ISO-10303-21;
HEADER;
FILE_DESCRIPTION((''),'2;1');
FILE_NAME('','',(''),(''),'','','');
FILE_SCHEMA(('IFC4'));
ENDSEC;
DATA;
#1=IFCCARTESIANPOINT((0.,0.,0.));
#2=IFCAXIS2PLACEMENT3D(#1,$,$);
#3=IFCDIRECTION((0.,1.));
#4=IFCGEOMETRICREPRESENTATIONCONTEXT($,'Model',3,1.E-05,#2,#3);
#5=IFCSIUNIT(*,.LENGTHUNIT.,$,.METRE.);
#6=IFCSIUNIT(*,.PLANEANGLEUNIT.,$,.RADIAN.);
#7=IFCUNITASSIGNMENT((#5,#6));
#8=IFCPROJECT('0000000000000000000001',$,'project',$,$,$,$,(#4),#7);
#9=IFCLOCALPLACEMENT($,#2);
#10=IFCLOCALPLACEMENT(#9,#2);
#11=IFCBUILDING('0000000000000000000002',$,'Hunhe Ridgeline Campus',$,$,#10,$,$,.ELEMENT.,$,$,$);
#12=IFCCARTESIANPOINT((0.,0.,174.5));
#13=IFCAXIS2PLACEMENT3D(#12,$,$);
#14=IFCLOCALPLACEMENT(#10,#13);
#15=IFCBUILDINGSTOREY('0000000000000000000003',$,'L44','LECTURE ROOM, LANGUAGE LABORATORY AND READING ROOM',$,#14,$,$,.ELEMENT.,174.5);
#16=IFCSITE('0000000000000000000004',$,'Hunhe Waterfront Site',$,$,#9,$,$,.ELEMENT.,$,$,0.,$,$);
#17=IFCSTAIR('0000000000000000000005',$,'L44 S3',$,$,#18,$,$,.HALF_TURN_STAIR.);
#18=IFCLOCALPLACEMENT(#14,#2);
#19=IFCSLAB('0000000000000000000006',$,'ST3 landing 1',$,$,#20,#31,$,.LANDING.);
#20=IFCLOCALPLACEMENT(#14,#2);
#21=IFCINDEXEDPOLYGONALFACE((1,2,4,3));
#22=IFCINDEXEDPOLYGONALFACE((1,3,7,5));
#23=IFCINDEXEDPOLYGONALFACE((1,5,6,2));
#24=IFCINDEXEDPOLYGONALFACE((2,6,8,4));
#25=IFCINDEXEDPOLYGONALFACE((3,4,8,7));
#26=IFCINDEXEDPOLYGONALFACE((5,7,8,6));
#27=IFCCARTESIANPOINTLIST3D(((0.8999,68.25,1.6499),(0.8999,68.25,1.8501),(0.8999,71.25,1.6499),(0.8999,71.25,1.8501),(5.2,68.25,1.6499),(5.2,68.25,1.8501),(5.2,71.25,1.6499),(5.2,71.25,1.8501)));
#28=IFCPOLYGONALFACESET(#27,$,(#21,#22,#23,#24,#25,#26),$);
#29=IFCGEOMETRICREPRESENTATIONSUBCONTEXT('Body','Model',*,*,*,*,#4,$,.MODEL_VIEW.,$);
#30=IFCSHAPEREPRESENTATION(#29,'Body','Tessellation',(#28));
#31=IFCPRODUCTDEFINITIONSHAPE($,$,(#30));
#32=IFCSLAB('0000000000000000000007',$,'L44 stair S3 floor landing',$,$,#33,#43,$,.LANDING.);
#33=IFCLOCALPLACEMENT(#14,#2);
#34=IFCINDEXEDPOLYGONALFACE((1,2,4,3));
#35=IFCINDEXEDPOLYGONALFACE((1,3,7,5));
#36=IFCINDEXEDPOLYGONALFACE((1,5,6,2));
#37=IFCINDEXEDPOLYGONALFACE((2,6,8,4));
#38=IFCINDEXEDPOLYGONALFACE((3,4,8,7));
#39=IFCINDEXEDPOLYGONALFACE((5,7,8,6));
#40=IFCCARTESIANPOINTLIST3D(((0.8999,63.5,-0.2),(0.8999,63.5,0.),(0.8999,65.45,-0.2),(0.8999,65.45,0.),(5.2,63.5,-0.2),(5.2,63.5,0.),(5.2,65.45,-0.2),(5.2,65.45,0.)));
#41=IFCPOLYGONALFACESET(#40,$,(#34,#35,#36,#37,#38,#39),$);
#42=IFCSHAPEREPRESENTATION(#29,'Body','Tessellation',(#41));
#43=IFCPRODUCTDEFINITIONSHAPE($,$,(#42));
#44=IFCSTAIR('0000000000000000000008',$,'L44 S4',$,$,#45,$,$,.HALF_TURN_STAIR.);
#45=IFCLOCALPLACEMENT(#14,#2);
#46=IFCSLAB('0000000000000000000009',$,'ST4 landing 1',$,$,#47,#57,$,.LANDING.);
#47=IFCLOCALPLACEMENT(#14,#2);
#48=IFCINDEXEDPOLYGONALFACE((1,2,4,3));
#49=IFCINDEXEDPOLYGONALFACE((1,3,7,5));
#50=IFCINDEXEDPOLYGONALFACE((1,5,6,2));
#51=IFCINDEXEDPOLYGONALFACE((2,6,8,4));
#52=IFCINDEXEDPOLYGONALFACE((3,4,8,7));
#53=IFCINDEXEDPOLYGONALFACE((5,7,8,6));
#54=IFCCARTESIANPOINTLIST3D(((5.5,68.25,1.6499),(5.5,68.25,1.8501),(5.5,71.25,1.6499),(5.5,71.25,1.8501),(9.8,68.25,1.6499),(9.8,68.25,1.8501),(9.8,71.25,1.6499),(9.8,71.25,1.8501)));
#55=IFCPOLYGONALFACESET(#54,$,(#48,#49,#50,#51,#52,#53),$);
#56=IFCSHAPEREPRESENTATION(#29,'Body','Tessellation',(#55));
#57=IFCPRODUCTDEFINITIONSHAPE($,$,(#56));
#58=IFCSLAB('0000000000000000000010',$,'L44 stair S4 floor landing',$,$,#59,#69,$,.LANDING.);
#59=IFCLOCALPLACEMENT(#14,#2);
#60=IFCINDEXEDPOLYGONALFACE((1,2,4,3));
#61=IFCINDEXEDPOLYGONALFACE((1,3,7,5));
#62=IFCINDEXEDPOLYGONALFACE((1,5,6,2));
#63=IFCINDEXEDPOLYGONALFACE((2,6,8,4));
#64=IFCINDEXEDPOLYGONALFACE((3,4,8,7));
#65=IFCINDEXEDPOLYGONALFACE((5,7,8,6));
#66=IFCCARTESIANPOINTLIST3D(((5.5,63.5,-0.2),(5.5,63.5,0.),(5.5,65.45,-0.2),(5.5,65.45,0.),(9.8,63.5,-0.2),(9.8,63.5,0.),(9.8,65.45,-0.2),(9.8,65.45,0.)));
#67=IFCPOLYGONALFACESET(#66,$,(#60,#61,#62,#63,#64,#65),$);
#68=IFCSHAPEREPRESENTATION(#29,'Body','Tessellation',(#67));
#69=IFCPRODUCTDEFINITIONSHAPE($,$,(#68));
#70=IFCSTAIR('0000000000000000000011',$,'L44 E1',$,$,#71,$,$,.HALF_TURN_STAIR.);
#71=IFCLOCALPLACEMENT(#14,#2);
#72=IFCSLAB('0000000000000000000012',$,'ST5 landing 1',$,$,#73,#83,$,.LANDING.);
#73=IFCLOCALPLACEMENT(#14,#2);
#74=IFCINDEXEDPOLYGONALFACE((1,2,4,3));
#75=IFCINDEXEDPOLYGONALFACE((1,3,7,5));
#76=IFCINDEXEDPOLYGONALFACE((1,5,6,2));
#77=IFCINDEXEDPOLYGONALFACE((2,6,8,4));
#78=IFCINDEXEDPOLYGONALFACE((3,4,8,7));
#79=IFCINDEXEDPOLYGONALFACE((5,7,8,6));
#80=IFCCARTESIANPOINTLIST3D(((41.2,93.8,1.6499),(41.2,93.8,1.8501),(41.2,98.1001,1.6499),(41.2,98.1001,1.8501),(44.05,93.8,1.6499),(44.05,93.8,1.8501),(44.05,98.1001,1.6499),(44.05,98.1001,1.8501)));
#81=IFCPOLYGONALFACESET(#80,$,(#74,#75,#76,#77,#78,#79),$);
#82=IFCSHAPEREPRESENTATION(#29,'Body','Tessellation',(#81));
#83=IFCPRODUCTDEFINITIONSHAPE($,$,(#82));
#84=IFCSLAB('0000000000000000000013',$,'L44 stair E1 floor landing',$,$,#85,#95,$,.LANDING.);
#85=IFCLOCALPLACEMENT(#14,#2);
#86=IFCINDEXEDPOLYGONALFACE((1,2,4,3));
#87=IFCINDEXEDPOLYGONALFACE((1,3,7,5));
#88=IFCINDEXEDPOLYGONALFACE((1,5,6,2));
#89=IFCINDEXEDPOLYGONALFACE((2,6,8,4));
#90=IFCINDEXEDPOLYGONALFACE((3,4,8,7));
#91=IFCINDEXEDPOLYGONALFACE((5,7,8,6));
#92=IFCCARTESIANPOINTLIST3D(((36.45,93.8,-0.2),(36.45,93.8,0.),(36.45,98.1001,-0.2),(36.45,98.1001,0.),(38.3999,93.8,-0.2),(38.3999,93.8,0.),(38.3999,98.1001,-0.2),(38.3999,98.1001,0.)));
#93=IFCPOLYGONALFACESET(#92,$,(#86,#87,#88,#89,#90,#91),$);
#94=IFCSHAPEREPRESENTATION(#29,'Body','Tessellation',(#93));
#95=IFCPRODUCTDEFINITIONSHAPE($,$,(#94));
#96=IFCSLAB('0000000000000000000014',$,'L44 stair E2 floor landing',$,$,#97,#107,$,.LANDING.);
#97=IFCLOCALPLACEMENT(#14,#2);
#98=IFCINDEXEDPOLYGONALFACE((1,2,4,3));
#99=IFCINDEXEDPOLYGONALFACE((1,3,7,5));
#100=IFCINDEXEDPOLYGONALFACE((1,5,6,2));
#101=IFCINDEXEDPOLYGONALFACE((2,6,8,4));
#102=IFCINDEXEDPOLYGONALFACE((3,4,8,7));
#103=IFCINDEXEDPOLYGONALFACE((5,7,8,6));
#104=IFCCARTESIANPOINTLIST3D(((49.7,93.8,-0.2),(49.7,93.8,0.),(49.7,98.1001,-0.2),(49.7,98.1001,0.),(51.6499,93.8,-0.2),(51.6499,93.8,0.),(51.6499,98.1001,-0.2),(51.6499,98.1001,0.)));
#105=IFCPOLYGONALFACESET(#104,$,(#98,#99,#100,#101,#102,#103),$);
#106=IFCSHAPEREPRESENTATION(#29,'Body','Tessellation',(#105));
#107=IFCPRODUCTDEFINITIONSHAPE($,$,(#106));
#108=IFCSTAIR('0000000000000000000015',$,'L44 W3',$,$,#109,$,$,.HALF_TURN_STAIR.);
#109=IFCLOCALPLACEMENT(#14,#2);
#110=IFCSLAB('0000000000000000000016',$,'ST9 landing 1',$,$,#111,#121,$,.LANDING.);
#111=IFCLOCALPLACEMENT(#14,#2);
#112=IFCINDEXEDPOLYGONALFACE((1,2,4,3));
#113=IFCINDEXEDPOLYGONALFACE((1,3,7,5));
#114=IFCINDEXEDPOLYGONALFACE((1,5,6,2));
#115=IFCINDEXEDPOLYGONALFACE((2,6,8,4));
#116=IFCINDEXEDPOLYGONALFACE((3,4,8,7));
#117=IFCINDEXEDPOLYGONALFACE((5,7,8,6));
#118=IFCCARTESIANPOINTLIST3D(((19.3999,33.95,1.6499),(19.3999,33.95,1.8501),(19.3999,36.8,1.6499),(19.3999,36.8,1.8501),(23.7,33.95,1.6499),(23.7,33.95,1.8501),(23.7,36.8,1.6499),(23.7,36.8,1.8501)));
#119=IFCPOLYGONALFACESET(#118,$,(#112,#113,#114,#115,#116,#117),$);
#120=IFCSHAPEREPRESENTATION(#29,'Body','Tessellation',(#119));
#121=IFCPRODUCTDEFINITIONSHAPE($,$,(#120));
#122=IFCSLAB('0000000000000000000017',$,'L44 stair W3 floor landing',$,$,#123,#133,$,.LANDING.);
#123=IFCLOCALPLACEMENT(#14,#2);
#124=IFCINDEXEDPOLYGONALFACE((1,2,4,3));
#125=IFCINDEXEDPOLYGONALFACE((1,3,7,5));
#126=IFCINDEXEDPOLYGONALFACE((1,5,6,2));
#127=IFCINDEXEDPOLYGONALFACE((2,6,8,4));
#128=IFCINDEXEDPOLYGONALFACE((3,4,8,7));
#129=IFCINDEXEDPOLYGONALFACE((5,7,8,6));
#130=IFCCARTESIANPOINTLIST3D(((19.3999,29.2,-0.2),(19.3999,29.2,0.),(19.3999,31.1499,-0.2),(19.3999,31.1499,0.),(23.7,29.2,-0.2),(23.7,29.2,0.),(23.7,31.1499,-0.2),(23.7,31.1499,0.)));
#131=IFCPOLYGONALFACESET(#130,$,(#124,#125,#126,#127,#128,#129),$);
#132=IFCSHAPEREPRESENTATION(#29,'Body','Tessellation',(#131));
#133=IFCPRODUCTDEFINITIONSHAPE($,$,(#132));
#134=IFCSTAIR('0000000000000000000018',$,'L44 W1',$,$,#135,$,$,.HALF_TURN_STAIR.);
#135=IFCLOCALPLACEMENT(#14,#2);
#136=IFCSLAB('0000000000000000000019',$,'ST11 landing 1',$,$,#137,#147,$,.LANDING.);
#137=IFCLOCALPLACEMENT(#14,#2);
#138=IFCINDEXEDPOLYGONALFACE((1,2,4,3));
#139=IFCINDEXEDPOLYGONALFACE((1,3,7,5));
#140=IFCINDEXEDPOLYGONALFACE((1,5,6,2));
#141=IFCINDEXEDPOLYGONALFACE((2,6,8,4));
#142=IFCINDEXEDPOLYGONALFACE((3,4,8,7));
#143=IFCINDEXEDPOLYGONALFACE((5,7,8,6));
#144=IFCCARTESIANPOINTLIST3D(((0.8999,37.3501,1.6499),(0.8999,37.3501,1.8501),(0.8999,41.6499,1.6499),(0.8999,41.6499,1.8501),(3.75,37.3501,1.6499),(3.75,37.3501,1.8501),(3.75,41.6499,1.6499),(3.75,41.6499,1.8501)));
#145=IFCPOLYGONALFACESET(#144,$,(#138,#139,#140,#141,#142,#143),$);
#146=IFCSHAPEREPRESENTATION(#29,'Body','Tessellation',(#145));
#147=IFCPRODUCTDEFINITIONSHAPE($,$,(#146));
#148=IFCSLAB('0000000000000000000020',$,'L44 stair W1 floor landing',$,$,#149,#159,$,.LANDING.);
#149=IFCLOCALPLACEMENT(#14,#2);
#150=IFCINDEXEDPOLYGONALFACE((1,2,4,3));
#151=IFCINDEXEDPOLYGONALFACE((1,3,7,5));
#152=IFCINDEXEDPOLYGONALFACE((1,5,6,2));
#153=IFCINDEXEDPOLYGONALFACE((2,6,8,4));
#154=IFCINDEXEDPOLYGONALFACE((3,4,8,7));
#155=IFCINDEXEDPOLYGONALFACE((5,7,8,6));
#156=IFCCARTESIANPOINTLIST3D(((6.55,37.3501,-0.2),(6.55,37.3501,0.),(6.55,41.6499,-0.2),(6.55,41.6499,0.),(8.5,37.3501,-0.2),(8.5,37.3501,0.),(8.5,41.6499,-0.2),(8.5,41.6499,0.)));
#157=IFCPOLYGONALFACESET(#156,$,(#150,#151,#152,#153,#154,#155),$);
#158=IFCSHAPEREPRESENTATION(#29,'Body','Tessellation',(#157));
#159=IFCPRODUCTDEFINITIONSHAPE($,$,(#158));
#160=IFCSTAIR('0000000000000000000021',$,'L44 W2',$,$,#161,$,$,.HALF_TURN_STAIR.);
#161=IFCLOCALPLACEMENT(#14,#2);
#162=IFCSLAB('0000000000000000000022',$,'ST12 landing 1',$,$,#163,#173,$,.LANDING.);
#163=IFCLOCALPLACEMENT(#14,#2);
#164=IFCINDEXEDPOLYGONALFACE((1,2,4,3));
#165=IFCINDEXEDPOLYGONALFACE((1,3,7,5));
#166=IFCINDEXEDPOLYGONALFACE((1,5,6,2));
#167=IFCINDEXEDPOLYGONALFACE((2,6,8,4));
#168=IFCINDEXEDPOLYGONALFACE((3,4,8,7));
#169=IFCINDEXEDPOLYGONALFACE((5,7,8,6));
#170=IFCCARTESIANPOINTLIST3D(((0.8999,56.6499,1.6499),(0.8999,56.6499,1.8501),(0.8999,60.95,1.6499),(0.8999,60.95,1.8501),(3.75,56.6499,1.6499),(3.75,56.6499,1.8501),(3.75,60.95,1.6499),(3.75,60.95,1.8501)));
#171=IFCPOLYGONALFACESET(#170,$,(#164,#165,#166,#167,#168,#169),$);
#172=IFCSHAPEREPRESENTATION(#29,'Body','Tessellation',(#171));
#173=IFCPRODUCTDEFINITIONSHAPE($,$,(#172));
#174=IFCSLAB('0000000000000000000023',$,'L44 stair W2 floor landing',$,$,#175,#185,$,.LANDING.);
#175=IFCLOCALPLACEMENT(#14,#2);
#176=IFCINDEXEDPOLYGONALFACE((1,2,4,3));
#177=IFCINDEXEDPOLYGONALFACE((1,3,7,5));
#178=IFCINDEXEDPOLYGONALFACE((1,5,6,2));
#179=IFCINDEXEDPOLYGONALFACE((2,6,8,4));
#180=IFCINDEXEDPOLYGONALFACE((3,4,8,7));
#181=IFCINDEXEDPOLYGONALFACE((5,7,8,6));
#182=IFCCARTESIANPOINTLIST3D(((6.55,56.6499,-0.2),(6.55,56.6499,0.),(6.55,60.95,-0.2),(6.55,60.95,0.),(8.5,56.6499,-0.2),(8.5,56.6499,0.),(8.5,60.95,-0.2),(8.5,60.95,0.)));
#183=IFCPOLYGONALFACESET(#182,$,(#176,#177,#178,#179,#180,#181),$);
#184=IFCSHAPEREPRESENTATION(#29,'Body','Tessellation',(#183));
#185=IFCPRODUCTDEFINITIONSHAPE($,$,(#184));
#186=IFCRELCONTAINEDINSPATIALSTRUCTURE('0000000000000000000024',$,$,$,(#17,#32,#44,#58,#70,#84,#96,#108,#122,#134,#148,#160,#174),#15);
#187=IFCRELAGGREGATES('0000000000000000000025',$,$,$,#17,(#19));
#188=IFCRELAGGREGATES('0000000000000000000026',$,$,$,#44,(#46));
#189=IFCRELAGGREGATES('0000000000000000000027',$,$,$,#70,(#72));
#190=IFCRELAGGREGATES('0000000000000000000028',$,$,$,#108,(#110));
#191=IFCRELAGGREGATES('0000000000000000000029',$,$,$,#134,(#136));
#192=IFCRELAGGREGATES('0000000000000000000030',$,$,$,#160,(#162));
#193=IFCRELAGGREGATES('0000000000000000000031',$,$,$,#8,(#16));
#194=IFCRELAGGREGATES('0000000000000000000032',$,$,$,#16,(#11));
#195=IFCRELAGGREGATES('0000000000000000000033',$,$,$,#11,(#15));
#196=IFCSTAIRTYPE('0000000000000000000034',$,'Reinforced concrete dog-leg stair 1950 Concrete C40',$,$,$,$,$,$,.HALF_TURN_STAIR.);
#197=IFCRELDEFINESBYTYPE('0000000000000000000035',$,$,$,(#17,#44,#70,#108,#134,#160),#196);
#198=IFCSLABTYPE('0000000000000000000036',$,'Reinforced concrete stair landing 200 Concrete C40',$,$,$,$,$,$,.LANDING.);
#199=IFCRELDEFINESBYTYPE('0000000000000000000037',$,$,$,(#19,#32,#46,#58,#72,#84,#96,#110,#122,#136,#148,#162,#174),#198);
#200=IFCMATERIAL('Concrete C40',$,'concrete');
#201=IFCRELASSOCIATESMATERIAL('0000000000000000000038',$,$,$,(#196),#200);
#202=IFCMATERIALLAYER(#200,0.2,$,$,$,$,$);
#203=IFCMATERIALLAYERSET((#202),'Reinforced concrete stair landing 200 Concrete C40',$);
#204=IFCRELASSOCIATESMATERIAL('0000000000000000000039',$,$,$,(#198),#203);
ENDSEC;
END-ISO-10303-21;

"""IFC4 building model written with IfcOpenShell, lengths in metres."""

from ifc_helpers import new_model, si_unit, direction, frame, origin, place, context, subcontext, project, spatial, polyline, outline, extrude, material, layer, layer_set, type_object, element, aggregate, save


model = new_model("IFC4")

# Units and contexts
model_context = context("Model", 3, precision=1e-05, world=origin(), true_north=direction((0.0, 1.0)))
body_context = subcontext(model_context, "Body", "Model", "MODEL_VIEW")
ifc_project = project(units=[si_unit("LENGTHUNIT", "METRE"), si_unit("PLANEANGLEUNIT", "RADIAN")], contexts=[model_context])

# Site, building, storey
site_placement = place(None, origin())
site = spatial("IfcSite", under=ifc_project, at=site_placement, Name="Hunhe Waterfront Site", CompositionType="ELEMENT", RefElevation=0.0)
building_placement = place(site_placement, origin())
building = spatial("IfcBuilding", under=site, at=building_placement, Name="Hunhe Ridgeline Campus", CompositionType="ELEMENT")
storey_placement = place(building_placement, frame((0.0, 0.0, 174.5)))
storey = spatial("IfcBuildingStorey", under=building, at=storey_placement, Name="L44", Description="LECTURE ROOM, LANGUAGE LABORATORY AND READING ROOM", CompositionType="ELEMENT", Elevation=174.5)

# Shared definitions
ifc_material_1 = material(Name="Concrete C40", Category="concrete")

# Shared definitions
stair_type = type_object("IfcStairType", Name="Reinforced concrete dog-leg stair 1950 Concrete C40", PredefinedType="HALF_TURN_STAIR", material=ifc_material_1)
ifc_layer_1 = layer(ifc_material_1, 0.2)
ifc_layer_set_1 = layer_set([ifc_layer_1], Name="Reinforced concrete stair landing 200 Concrete C40")
slab_type_1 = type_object("IfcSlabType", Name="Reinforced concrete stair landing 200 Concrete C40", PredefinedType="LANDING", material=ifc_layer_set_1)

# Stair, slab
stair_1_placement = place(storey_placement, origin())
stair_1 = element("IfcStair", 1, at=stair_1_placement, inside=storey, type_object=stair_type, Name="L44 S3", PredefinedType="HALF_TURN_STAIR")
slab_1_placement = place(storey_placement, frame((0.0, 0.0, 1.6499)))
slab_1 = element("IfcSlab", 2, at=slab_1_placement, type_object=slab_type_1, Name="ST3 landing 1", PredefinedType="LANDING", context=body_context, shape_type="SweptSolid", body=[
    extrude(outline(polyline([(5.2, 68.25), (5.2, 71.25), (0.8999, 71.25), (0.8999, 68.25), (5.2, 68.25)])), origin(), (0.0, 0.0, 1.0), 0.2002),
])
aggregate(stair_1, [slab_1])

# Slab
slab_2_placement = place(storey_placement, frame((0.0, 0.0, -0.2)))
element("IfcSlab", 3, at=slab_2_placement, inside=storey, type_object=slab_type_1, Name="L44 stair S3 floor landing", PredefinedType="LANDING", context=body_context, shape_type="SweptSolid", body=[
    extrude(outline(polyline([(5.2, 63.5), (5.2, 65.45), (0.8999, 65.45), (0.8999, 63.5), (5.2, 63.5)])), origin(), (0.0, 0.0, 1.0), 0.2),
])

# Stair, slab
stair_2_placement = place(storey_placement, origin())
stair_2 = element("IfcStair", 4, at=stair_2_placement, inside=storey, type_object=stair_type, Name="L44 S4", PredefinedType="HALF_TURN_STAIR")
slab_3_placement = place(storey_placement, frame((0.0, 0.0, 1.6499)))
slab_3 = element("IfcSlab", 5, at=slab_3_placement, type_object=slab_type_1, Name="ST4 landing 1", PredefinedType="LANDING", context=body_context, shape_type="SweptSolid", body=[
    extrude(outline(polyline([(9.8, 68.25), (9.8, 71.25), (5.5, 71.25), (5.5, 68.25), (9.8, 68.25)])), origin(), (0.0, 0.0, 1.0), 0.2002),
])
aggregate(stair_2, [slab_3])

# Slab
slab_4_placement = place(storey_placement, frame((0.0, 0.0, -0.2)))
element("IfcSlab", 6, at=slab_4_placement, inside=storey, type_object=slab_type_1, Name="L44 stair S4 floor landing", PredefinedType="LANDING", context=body_context, shape_type="SweptSolid", body=[
    extrude(outline(polyline([(9.8, 63.5), (9.8, 65.45), (5.5, 65.45), (5.5, 63.5), (9.8, 63.5)])), origin(), (0.0, 0.0, 1.0), 0.2),
])

# Stair, slab
stair_3_placement = place(storey_placement, origin())
stair_3 = element("IfcStair", 7, at=stair_3_placement, inside=storey, type_object=stair_type, Name="L44 E1", PredefinedType="HALF_TURN_STAIR")
slab_5_placement = place(storey_placement, frame((0.0, 0.0, 1.6499)))
slab_5 = element("IfcSlab", 8, at=slab_5_placement, type_object=slab_type_1, Name="ST5 landing 1", PredefinedType="LANDING", context=body_context, shape_type="SweptSolid", body=[
    extrude(outline(polyline([(41.2, 93.8), (44.05, 93.8), (44.05, 98.1001), (41.2, 98.1001), (41.2, 93.8)])), origin(), (0.0, 0.0, 1.0), 0.2002),
])
aggregate(stair_3, [slab_5])

# Slabs
slab_6_placement = place(storey_placement, frame((0.0, 0.0, -0.2)))
element("IfcSlab", 9, at=slab_6_placement, inside=storey, type_object=slab_type_1, Name="L44 stair E1 floor landing", PredefinedType="LANDING", context=body_context, shape_type="SweptSolid", body=[
    extrude(outline(polyline([(36.45, 93.8), (38.3999, 93.8), (38.3999, 98.1001), (36.45, 98.1001), (36.45, 93.8)])), origin(), (0.0, 0.0, 1.0), 0.2),
])
slab_7_placement = place(storey_placement, frame((0.0, 0.0, -0.2)))
element("IfcSlab", 10, at=slab_7_placement, inside=storey, type_object=slab_type_1, Name="L44 stair E2 floor landing", PredefinedType="LANDING", context=body_context, shape_type="SweptSolid", body=[
    extrude(outline(polyline([(49.7, 93.8), (51.6499, 93.8), (51.6499, 98.1001), (49.7, 98.1001), (49.7, 93.8)])), origin(), (0.0, 0.0, 1.0), 0.2),
])

# Stair, slab
stair_4_placement = place(storey_placement, origin())
stair_4 = element("IfcStair", 11, at=stair_4_placement, inside=storey, type_object=stair_type, Name="L44 W3", PredefinedType="HALF_TURN_STAIR")
slab_8_placement = place(storey_placement, frame((0.0, 0.0, 1.6499)))
slab_8 = element("IfcSlab", 12, at=slab_8_placement, type_object=slab_type_1, Name="ST9 landing 1", PredefinedType="LANDING", context=body_context, shape_type="SweptSolid", body=[
    extrude(outline(polyline([(23.7, 33.95), (23.7, 36.8), (19.3999, 36.8), (19.3999, 33.95), (23.7, 33.95)])), origin(), (0.0, 0.0, 1.0), 0.2002),
])
aggregate(stair_4, [slab_8])

# Slab
slab_9_placement = place(storey_placement, frame((0.0, 0.0, -0.2)))
element("IfcSlab", 13, at=slab_9_placement, inside=storey, type_object=slab_type_1, Name="L44 stair W3 floor landing", PredefinedType="LANDING", context=body_context, shape_type="SweptSolid", body=[
    extrude(outline(polyline([(23.7, 29.2), (23.7, 31.1499), (19.3999, 31.1499), (19.3999, 29.2), (23.7, 29.2)])), origin(), (0.0, 0.0, 1.0), 0.2),
])

# Stair, slab
stair_5_placement = place(storey_placement, origin())
stair_5 = element("IfcStair", 14, at=stair_5_placement, inside=storey, type_object=stair_type, Name="L44 W1", PredefinedType="HALF_TURN_STAIR")
slab_10_placement = place(storey_placement, frame((0.0, 0.0, 1.6499)))
slab_10 = element("IfcSlab", 15, at=slab_10_placement, type_object=slab_type_1, Name="ST11 landing 1", PredefinedType="LANDING", context=body_context, shape_type="SweptSolid", body=[
    extrude(outline(polyline([(3.75, 41.6499), (0.8999, 41.6499), (0.8999, 37.3501), (3.75, 37.3501), (3.75, 41.6499)])), origin(), (0.0, 0.0, 1.0), 0.2002),
])
aggregate(stair_5, [slab_10])

# Slab
slab_11_placement = place(storey_placement, frame((0.0, 0.0, -0.2)))
element("IfcSlab", 16, at=slab_11_placement, inside=storey, type_object=slab_type_1, Name="L44 stair W1 floor landing", PredefinedType="LANDING", context=body_context, shape_type="SweptSolid", body=[
    extrude(outline(polyline([(8.5, 41.6499), (6.55, 41.6499), (6.55, 37.3501), (8.5, 37.3501), (8.5, 41.6499)])), origin(), (0.0, 0.0, 1.0), 0.2),
])

# Stair, slab
stair_6_placement = place(storey_placement, origin())
stair_6 = element("IfcStair", 17, at=stair_6_placement, inside=storey, type_object=stair_type, Name="L44 W2", PredefinedType="HALF_TURN_STAIR")
slab_12_placement = place(storey_placement, frame((0.0, 0.0, 1.6499)))
slab_12 = element("IfcSlab", 18, at=slab_12_placement, type_object=slab_type_1, Name="ST12 landing 1", PredefinedType="LANDING", context=body_context, shape_type="SweptSolid", body=[
    extrude(outline(polyline([(3.75, 60.95), (0.8999, 60.95), (0.8999, 56.6499), (3.75, 56.6499), (3.75, 60.95)])), origin(), (0.0, 0.0, 1.0), 0.2002),
])
aggregate(stair_6, [slab_12])

# Slab
slab_13_placement = place(storey_placement, frame((0.0, 0.0, -0.2)))
element("IfcSlab", 19, at=slab_13_placement, inside=storey, type_object=slab_type_1, Name="L44 stair W2 floor landing", PredefinedType="LANDING", context=body_context, shape_type="SweptSolid", body=[
    extrude(outline(polyline([(8.5, 60.95), (6.55, 60.95), (6.55, 56.6499), (8.5, 56.6499), (8.5, 60.95)])), origin(), (0.0, 0.0, 1.0), 0.2),
])

save(model, "model.ifc")
